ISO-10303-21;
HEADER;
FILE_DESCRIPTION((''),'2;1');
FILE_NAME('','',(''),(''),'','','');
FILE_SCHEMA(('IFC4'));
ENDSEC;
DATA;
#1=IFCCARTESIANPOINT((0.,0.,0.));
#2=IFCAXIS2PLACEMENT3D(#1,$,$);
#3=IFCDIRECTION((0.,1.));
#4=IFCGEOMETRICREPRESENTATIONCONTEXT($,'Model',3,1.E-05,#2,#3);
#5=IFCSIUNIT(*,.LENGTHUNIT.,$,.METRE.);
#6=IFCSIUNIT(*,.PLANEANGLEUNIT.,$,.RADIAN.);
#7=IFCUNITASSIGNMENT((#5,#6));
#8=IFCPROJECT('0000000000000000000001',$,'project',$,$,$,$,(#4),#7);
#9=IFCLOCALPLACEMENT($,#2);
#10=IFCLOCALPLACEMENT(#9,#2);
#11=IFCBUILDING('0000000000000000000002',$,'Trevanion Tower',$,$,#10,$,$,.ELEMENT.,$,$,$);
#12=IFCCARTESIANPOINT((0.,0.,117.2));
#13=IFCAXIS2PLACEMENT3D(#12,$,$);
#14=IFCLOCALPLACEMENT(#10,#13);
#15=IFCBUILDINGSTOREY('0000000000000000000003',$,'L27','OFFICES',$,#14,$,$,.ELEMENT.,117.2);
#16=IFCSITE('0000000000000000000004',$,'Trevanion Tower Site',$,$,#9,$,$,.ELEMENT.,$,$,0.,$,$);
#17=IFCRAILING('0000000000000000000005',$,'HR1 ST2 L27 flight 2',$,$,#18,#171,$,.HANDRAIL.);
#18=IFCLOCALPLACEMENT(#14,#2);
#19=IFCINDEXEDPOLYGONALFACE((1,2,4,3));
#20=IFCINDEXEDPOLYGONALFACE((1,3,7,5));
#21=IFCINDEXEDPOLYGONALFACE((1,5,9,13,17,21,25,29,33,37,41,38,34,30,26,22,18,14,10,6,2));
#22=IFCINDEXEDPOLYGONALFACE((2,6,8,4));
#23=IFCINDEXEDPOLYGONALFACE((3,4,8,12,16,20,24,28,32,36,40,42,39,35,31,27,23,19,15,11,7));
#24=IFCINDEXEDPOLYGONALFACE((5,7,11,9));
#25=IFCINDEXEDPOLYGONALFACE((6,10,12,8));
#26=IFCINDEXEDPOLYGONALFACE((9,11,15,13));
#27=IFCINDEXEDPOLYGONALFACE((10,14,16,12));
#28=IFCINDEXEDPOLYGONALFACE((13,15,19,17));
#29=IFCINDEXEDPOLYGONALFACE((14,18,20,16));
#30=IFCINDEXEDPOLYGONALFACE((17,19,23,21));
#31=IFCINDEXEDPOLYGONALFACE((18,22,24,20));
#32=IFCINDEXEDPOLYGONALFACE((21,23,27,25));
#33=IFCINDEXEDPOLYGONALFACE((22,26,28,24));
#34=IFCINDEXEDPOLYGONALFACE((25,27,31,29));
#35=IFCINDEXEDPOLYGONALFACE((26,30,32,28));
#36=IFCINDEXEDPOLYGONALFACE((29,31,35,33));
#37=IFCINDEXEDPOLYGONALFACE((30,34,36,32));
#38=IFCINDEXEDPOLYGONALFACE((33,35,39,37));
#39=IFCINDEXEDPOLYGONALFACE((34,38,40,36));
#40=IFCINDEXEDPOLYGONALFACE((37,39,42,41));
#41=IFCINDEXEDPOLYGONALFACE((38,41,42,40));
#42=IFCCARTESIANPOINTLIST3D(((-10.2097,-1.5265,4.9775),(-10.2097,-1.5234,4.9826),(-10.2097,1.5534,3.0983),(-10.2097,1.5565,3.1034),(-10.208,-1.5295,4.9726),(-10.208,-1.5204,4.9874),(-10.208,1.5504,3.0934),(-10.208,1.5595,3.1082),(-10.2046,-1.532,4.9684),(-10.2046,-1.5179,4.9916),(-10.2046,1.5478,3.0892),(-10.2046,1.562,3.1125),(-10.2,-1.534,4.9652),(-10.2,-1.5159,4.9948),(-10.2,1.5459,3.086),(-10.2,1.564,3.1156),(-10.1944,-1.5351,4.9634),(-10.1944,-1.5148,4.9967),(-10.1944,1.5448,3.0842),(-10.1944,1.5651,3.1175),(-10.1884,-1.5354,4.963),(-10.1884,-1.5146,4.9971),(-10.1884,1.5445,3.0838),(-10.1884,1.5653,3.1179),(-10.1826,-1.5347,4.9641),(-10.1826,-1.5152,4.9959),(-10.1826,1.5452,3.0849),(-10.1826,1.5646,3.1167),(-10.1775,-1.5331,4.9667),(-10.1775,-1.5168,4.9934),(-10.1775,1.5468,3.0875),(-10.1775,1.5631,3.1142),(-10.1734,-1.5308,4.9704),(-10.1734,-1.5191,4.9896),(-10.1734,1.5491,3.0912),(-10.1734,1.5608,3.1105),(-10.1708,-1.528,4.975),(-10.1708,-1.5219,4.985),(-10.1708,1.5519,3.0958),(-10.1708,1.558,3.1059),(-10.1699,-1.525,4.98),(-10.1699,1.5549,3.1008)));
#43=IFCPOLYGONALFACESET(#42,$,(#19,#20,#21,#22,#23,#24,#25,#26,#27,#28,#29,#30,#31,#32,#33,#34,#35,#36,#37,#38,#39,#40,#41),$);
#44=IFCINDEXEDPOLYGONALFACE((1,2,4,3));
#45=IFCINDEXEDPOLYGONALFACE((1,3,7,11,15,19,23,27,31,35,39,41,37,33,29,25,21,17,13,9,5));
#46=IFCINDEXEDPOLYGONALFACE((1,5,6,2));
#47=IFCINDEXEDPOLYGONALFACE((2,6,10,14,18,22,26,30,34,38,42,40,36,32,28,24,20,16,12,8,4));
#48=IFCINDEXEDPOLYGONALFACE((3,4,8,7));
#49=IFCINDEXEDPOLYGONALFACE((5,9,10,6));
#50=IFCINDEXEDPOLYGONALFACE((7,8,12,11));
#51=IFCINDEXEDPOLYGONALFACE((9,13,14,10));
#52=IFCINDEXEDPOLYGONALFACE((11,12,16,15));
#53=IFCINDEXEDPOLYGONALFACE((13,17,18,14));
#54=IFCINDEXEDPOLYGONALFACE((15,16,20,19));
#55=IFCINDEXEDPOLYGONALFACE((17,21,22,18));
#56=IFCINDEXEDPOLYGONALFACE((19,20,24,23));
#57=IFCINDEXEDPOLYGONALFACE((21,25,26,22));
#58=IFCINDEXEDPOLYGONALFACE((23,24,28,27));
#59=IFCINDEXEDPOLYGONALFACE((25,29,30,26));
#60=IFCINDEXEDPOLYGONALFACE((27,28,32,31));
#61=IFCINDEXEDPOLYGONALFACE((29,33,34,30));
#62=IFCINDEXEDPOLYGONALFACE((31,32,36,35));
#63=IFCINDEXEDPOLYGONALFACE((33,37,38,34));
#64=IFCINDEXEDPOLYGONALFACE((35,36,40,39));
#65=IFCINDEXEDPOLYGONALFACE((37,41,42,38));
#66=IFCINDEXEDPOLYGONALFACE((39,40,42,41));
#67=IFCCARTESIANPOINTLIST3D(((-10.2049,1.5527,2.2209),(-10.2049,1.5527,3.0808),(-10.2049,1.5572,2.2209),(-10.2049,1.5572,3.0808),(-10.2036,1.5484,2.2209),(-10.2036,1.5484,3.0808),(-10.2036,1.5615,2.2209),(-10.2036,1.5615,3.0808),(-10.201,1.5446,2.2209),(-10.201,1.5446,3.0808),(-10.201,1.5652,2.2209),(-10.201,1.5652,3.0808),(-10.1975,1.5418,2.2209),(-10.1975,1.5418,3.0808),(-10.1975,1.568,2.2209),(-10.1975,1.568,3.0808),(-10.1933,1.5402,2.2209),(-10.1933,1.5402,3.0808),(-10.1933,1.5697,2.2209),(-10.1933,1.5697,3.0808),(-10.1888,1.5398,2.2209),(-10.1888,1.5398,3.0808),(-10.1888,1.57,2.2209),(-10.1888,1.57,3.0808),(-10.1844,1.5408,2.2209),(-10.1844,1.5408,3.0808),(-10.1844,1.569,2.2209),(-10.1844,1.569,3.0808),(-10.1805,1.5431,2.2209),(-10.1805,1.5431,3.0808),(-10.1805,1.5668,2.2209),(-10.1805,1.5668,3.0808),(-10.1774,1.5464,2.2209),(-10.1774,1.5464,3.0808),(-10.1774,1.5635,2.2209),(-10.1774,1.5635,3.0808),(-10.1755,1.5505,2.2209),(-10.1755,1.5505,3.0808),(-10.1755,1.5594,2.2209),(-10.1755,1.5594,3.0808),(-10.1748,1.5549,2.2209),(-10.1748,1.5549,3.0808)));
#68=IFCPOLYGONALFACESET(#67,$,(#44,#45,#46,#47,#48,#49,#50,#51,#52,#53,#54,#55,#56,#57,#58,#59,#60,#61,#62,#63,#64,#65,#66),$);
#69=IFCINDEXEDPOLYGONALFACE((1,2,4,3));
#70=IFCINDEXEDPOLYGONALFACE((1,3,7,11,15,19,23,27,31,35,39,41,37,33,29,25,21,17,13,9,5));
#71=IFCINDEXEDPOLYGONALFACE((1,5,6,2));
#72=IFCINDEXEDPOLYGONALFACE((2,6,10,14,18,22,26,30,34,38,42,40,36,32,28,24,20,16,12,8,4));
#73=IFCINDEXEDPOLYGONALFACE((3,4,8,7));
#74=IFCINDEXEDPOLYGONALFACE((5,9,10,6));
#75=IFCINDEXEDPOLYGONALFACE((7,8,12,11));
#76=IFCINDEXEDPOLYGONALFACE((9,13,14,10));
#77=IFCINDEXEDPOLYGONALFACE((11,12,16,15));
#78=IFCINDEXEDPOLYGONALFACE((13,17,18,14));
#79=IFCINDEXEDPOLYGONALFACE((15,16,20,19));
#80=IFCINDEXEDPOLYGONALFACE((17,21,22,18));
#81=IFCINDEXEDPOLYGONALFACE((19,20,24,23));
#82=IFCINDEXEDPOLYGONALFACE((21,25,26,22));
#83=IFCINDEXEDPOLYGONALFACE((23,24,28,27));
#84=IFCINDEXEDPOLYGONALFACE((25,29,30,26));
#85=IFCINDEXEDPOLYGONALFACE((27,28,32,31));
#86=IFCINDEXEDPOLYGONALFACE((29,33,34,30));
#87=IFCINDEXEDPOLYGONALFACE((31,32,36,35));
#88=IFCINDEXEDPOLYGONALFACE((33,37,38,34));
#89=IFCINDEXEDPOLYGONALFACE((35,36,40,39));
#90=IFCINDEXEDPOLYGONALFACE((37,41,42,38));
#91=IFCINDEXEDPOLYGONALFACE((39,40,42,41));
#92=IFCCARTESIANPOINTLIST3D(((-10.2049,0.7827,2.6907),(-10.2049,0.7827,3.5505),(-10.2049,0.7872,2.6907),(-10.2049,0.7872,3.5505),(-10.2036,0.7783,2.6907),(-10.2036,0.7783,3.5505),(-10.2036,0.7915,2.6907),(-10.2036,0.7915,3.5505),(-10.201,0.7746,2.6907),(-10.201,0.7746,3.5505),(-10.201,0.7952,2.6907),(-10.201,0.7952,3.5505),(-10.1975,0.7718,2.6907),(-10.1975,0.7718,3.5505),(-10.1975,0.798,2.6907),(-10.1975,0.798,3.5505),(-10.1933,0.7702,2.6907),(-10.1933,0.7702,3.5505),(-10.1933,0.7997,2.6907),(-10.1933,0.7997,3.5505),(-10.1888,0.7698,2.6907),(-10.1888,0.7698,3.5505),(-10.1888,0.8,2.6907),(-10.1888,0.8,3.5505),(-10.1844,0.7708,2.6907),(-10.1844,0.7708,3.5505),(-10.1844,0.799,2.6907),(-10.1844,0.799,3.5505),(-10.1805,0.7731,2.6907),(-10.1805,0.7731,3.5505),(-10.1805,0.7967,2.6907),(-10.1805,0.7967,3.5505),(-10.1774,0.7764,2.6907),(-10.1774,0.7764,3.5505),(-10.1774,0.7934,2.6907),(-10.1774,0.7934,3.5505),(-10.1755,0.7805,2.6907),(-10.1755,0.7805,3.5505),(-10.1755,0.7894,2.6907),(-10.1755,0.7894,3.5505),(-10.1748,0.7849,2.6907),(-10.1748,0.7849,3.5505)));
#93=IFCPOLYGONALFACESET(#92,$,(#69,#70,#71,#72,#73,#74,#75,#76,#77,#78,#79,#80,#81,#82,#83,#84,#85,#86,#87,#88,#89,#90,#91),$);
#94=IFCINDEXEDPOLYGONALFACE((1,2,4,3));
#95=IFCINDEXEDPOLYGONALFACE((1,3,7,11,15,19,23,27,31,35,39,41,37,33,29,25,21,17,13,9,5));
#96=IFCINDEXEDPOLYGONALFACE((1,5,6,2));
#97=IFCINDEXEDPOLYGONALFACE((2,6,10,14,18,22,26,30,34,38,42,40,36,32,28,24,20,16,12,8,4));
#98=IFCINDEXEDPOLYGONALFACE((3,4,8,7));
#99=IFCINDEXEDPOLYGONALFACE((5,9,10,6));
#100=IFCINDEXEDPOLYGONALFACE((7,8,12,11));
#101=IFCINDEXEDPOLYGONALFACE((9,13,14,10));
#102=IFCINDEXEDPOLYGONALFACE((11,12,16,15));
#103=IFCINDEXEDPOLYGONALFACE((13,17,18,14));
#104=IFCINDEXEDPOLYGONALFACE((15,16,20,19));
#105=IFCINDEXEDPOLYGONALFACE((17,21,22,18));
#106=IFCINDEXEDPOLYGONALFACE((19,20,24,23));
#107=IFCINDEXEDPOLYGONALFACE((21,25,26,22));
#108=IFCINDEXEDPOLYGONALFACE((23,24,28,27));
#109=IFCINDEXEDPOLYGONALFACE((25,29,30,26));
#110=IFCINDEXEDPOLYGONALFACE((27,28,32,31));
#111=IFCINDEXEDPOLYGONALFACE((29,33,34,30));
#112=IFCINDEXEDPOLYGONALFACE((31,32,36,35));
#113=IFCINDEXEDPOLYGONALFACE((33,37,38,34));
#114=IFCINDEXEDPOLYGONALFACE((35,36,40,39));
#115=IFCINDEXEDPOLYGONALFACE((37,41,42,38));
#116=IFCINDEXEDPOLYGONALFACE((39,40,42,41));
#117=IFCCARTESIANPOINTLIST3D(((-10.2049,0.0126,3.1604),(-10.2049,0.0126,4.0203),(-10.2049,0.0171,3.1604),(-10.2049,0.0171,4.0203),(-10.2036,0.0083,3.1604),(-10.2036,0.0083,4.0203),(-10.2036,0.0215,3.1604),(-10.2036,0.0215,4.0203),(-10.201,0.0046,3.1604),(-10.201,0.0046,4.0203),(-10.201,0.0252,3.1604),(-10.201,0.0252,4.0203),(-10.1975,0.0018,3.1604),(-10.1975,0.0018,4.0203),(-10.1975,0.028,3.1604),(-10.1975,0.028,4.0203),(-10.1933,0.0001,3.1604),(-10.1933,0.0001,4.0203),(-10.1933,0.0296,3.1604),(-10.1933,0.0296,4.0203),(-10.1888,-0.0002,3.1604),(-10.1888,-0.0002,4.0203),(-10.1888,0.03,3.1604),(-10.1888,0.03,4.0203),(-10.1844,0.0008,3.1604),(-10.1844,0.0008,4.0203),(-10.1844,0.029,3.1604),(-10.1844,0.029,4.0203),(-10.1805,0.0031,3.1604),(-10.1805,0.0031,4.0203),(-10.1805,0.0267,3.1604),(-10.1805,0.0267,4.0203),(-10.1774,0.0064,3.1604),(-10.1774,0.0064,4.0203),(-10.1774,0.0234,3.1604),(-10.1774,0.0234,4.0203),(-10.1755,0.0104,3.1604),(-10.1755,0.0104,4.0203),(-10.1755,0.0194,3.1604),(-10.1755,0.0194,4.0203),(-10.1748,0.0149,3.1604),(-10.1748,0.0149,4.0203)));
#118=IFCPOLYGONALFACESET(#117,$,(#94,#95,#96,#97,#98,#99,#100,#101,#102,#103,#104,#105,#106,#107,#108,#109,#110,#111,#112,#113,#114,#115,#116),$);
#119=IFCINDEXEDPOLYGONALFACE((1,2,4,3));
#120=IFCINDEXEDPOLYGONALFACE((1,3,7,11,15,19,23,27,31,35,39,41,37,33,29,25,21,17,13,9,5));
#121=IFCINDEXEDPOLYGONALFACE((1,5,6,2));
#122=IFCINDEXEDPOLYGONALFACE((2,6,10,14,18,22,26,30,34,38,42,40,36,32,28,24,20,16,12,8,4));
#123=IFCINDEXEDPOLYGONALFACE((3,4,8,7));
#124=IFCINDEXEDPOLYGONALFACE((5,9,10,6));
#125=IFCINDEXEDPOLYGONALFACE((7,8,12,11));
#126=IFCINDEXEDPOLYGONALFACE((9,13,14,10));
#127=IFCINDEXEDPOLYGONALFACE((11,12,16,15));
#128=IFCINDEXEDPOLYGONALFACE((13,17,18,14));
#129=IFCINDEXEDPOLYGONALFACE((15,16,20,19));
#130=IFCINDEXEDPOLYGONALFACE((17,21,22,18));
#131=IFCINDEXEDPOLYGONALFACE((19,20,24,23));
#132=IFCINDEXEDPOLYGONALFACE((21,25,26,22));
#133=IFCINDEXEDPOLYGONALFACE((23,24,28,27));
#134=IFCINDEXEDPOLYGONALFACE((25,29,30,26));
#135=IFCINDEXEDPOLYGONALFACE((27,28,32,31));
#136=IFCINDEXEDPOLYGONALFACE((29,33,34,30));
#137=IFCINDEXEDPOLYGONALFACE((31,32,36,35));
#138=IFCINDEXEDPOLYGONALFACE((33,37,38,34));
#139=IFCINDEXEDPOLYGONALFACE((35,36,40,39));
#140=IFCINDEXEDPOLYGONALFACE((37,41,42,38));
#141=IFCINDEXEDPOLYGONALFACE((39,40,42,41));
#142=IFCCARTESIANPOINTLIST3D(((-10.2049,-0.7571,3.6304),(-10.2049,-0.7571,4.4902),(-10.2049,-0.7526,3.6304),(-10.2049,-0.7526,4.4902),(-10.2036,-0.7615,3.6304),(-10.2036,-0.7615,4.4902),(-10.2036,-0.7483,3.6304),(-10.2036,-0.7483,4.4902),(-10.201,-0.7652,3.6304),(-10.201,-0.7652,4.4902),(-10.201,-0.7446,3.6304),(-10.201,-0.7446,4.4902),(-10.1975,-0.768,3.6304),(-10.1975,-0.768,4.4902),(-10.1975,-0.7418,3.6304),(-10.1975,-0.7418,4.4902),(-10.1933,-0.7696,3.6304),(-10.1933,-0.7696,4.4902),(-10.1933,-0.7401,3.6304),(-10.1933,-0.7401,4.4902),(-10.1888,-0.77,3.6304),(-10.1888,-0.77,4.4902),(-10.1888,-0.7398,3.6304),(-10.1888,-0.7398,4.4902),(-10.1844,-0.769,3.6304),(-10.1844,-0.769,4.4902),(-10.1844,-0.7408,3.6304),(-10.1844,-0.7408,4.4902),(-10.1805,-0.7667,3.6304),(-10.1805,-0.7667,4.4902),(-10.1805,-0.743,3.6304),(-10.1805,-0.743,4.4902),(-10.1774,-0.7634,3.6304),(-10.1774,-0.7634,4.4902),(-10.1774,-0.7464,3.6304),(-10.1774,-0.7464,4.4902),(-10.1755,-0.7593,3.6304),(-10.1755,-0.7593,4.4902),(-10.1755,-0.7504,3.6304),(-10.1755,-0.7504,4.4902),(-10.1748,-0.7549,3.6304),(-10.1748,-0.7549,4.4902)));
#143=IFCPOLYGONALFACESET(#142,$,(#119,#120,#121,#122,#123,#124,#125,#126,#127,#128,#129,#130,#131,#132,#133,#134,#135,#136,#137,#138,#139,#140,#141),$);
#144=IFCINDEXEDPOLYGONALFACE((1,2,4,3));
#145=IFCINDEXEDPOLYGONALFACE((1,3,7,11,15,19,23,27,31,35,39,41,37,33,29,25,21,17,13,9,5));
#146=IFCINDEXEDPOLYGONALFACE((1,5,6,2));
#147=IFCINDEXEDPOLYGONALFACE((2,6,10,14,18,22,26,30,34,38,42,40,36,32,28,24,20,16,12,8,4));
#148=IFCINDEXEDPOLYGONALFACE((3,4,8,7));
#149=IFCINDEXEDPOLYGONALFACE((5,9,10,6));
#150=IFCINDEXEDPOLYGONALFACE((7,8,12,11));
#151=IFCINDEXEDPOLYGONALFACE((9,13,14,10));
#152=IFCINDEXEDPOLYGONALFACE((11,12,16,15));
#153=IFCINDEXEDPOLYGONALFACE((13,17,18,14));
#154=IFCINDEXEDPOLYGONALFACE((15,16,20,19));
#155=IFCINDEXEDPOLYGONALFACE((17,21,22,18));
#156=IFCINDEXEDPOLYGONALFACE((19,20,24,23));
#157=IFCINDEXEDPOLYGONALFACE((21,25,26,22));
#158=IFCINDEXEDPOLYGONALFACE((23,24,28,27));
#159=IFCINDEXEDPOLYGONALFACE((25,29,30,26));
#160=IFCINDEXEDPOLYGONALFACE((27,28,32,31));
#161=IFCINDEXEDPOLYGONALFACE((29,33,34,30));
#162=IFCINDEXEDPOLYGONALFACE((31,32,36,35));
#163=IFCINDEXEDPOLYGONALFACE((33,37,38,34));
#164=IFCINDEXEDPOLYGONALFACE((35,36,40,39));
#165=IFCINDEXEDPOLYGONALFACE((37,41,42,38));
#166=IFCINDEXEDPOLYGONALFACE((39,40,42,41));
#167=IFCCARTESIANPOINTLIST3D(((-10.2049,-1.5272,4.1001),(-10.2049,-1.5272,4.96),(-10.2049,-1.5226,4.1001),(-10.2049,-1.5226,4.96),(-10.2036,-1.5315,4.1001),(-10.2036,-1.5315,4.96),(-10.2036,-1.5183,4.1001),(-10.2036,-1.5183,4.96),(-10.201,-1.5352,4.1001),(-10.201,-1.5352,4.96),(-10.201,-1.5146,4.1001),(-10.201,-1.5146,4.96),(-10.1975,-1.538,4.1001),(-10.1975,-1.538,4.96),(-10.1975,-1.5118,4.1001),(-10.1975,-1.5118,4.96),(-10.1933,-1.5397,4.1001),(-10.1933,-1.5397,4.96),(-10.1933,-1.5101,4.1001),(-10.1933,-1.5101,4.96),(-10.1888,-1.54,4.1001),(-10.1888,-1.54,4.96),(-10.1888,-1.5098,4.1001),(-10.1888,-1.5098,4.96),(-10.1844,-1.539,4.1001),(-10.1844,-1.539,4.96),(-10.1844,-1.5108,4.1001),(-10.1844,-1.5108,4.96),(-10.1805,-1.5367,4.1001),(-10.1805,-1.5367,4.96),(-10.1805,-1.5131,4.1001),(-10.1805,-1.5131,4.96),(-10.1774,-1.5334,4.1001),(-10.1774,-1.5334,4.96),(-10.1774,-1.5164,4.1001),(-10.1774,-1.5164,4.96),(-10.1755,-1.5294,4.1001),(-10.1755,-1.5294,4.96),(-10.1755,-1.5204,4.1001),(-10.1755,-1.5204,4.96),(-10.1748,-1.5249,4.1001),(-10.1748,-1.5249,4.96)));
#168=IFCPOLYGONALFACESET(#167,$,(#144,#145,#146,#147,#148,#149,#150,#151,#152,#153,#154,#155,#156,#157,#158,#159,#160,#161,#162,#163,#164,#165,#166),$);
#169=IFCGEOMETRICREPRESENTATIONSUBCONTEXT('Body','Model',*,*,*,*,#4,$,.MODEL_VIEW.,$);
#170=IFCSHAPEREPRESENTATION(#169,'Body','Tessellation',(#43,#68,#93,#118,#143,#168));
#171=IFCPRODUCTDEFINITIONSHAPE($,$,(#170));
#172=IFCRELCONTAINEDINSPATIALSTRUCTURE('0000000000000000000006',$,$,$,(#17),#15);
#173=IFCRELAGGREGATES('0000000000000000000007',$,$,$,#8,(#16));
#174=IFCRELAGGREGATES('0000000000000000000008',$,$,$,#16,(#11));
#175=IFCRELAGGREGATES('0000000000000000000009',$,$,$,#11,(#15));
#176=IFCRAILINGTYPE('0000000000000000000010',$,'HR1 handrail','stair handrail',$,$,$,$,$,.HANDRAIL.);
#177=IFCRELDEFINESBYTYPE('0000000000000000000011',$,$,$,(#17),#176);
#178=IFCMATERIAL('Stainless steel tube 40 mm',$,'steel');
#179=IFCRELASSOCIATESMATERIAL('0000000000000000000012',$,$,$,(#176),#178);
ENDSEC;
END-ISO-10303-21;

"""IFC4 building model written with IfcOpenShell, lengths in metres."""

from ifc_helpers import new_model, si_unit, direction, frame, origin, origin_2d, place, context, subcontext, project, spatial, circle, extrude, material, type_object, element, save


model = new_model("IFC4")

# Units and contexts
model_context = context("Model", 3, precision=1e-05, world=origin(), true_north=direction((0.0, 1.0)))
body_context = subcontext(model_context, "Body", "Model", "MODEL_VIEW")
ifc_project = project(units=[si_unit("LENGTHUNIT", "METRE"), si_unit("PLANEANGLEUNIT", "RADIAN")], contexts=[model_context])

# Site, building, storey
site_placement = place(None, origin())
site = spatial("IfcSite", under=ifc_project, at=site_placement, Name="Trevanion Tower Site", CompositionType="ELEMENT", RefElevation=0.0)
building_placement = place(site_placement, origin())
building = spatial("IfcBuilding", under=site, at=building_placement, Name="Trevanion Tower", CompositionType="ELEMENT")
storey_placement = place(building_placement, frame((0.0, 0.0, 117.2)))
storey = spatial("IfcBuildingStorey", under=building, at=storey_placement, Name="L27", Description="OFFICES", CompositionType="ELEMENT", Elevation=117.2)

# Railing
ifc_material_1 = material(Name="Stainless steel tube 40 mm", Category="steel")
railing_type = type_object("IfcRailingType", Name="HR1 handrail", Description="stair handrail", PredefinedType="HANDRAIL", material=ifc_material_1)
for number, where, name in (
    (1, (-10.1899, 1.5549, 2.2209), "HR1 ST2 L27 flight 2"),
):
    element("IfcRailing", number, at=place(storey_placement, frame(where)), inside=storey, type_object=railing_type, Name=name, PredefinedType="HANDRAIL", context=body_context, shape_type="SweptSolid", body=[
        extrude(circle(Radius=0.02, at=origin_2d()), frame((0.0, 0.0, 0.8799), z_axis=(0.0, -0.853648, 0.52085), x_axis=(1.0, 0.0, 0.0)), (0.0, 0.0, 1.0), 3.6079),
        extrude(circle(Radius=0.0151, at=origin_2d()), origin(), (0.0, 0.0, 1.0), 0.8599),
        extrude(circle(Radius=0.0151, at=origin_2d()), frame((0.0, -0.77, 0.4697)), (0.0, 0.0, 1.0), 0.8599),
        extrude(circle(Radius=0.0151, at=origin_2d()), frame((0.0, -1.54, 0.9395)), (0.0, 0.0, 1.0), 0.8599),
        extrude(circle(Radius=0.0151, at=origin_2d()), frame((0.0, -2.3098, 1.4094)), (0.0, 0.0, 1.0), 0.8599),
        extrude(circle(Radius=0.0151, at=origin_2d()), frame((0.0, -3.0798, 1.8792)), (0.0, 0.0, 1.0), 0.8599),
    ])

save(model, "model.ifc")
